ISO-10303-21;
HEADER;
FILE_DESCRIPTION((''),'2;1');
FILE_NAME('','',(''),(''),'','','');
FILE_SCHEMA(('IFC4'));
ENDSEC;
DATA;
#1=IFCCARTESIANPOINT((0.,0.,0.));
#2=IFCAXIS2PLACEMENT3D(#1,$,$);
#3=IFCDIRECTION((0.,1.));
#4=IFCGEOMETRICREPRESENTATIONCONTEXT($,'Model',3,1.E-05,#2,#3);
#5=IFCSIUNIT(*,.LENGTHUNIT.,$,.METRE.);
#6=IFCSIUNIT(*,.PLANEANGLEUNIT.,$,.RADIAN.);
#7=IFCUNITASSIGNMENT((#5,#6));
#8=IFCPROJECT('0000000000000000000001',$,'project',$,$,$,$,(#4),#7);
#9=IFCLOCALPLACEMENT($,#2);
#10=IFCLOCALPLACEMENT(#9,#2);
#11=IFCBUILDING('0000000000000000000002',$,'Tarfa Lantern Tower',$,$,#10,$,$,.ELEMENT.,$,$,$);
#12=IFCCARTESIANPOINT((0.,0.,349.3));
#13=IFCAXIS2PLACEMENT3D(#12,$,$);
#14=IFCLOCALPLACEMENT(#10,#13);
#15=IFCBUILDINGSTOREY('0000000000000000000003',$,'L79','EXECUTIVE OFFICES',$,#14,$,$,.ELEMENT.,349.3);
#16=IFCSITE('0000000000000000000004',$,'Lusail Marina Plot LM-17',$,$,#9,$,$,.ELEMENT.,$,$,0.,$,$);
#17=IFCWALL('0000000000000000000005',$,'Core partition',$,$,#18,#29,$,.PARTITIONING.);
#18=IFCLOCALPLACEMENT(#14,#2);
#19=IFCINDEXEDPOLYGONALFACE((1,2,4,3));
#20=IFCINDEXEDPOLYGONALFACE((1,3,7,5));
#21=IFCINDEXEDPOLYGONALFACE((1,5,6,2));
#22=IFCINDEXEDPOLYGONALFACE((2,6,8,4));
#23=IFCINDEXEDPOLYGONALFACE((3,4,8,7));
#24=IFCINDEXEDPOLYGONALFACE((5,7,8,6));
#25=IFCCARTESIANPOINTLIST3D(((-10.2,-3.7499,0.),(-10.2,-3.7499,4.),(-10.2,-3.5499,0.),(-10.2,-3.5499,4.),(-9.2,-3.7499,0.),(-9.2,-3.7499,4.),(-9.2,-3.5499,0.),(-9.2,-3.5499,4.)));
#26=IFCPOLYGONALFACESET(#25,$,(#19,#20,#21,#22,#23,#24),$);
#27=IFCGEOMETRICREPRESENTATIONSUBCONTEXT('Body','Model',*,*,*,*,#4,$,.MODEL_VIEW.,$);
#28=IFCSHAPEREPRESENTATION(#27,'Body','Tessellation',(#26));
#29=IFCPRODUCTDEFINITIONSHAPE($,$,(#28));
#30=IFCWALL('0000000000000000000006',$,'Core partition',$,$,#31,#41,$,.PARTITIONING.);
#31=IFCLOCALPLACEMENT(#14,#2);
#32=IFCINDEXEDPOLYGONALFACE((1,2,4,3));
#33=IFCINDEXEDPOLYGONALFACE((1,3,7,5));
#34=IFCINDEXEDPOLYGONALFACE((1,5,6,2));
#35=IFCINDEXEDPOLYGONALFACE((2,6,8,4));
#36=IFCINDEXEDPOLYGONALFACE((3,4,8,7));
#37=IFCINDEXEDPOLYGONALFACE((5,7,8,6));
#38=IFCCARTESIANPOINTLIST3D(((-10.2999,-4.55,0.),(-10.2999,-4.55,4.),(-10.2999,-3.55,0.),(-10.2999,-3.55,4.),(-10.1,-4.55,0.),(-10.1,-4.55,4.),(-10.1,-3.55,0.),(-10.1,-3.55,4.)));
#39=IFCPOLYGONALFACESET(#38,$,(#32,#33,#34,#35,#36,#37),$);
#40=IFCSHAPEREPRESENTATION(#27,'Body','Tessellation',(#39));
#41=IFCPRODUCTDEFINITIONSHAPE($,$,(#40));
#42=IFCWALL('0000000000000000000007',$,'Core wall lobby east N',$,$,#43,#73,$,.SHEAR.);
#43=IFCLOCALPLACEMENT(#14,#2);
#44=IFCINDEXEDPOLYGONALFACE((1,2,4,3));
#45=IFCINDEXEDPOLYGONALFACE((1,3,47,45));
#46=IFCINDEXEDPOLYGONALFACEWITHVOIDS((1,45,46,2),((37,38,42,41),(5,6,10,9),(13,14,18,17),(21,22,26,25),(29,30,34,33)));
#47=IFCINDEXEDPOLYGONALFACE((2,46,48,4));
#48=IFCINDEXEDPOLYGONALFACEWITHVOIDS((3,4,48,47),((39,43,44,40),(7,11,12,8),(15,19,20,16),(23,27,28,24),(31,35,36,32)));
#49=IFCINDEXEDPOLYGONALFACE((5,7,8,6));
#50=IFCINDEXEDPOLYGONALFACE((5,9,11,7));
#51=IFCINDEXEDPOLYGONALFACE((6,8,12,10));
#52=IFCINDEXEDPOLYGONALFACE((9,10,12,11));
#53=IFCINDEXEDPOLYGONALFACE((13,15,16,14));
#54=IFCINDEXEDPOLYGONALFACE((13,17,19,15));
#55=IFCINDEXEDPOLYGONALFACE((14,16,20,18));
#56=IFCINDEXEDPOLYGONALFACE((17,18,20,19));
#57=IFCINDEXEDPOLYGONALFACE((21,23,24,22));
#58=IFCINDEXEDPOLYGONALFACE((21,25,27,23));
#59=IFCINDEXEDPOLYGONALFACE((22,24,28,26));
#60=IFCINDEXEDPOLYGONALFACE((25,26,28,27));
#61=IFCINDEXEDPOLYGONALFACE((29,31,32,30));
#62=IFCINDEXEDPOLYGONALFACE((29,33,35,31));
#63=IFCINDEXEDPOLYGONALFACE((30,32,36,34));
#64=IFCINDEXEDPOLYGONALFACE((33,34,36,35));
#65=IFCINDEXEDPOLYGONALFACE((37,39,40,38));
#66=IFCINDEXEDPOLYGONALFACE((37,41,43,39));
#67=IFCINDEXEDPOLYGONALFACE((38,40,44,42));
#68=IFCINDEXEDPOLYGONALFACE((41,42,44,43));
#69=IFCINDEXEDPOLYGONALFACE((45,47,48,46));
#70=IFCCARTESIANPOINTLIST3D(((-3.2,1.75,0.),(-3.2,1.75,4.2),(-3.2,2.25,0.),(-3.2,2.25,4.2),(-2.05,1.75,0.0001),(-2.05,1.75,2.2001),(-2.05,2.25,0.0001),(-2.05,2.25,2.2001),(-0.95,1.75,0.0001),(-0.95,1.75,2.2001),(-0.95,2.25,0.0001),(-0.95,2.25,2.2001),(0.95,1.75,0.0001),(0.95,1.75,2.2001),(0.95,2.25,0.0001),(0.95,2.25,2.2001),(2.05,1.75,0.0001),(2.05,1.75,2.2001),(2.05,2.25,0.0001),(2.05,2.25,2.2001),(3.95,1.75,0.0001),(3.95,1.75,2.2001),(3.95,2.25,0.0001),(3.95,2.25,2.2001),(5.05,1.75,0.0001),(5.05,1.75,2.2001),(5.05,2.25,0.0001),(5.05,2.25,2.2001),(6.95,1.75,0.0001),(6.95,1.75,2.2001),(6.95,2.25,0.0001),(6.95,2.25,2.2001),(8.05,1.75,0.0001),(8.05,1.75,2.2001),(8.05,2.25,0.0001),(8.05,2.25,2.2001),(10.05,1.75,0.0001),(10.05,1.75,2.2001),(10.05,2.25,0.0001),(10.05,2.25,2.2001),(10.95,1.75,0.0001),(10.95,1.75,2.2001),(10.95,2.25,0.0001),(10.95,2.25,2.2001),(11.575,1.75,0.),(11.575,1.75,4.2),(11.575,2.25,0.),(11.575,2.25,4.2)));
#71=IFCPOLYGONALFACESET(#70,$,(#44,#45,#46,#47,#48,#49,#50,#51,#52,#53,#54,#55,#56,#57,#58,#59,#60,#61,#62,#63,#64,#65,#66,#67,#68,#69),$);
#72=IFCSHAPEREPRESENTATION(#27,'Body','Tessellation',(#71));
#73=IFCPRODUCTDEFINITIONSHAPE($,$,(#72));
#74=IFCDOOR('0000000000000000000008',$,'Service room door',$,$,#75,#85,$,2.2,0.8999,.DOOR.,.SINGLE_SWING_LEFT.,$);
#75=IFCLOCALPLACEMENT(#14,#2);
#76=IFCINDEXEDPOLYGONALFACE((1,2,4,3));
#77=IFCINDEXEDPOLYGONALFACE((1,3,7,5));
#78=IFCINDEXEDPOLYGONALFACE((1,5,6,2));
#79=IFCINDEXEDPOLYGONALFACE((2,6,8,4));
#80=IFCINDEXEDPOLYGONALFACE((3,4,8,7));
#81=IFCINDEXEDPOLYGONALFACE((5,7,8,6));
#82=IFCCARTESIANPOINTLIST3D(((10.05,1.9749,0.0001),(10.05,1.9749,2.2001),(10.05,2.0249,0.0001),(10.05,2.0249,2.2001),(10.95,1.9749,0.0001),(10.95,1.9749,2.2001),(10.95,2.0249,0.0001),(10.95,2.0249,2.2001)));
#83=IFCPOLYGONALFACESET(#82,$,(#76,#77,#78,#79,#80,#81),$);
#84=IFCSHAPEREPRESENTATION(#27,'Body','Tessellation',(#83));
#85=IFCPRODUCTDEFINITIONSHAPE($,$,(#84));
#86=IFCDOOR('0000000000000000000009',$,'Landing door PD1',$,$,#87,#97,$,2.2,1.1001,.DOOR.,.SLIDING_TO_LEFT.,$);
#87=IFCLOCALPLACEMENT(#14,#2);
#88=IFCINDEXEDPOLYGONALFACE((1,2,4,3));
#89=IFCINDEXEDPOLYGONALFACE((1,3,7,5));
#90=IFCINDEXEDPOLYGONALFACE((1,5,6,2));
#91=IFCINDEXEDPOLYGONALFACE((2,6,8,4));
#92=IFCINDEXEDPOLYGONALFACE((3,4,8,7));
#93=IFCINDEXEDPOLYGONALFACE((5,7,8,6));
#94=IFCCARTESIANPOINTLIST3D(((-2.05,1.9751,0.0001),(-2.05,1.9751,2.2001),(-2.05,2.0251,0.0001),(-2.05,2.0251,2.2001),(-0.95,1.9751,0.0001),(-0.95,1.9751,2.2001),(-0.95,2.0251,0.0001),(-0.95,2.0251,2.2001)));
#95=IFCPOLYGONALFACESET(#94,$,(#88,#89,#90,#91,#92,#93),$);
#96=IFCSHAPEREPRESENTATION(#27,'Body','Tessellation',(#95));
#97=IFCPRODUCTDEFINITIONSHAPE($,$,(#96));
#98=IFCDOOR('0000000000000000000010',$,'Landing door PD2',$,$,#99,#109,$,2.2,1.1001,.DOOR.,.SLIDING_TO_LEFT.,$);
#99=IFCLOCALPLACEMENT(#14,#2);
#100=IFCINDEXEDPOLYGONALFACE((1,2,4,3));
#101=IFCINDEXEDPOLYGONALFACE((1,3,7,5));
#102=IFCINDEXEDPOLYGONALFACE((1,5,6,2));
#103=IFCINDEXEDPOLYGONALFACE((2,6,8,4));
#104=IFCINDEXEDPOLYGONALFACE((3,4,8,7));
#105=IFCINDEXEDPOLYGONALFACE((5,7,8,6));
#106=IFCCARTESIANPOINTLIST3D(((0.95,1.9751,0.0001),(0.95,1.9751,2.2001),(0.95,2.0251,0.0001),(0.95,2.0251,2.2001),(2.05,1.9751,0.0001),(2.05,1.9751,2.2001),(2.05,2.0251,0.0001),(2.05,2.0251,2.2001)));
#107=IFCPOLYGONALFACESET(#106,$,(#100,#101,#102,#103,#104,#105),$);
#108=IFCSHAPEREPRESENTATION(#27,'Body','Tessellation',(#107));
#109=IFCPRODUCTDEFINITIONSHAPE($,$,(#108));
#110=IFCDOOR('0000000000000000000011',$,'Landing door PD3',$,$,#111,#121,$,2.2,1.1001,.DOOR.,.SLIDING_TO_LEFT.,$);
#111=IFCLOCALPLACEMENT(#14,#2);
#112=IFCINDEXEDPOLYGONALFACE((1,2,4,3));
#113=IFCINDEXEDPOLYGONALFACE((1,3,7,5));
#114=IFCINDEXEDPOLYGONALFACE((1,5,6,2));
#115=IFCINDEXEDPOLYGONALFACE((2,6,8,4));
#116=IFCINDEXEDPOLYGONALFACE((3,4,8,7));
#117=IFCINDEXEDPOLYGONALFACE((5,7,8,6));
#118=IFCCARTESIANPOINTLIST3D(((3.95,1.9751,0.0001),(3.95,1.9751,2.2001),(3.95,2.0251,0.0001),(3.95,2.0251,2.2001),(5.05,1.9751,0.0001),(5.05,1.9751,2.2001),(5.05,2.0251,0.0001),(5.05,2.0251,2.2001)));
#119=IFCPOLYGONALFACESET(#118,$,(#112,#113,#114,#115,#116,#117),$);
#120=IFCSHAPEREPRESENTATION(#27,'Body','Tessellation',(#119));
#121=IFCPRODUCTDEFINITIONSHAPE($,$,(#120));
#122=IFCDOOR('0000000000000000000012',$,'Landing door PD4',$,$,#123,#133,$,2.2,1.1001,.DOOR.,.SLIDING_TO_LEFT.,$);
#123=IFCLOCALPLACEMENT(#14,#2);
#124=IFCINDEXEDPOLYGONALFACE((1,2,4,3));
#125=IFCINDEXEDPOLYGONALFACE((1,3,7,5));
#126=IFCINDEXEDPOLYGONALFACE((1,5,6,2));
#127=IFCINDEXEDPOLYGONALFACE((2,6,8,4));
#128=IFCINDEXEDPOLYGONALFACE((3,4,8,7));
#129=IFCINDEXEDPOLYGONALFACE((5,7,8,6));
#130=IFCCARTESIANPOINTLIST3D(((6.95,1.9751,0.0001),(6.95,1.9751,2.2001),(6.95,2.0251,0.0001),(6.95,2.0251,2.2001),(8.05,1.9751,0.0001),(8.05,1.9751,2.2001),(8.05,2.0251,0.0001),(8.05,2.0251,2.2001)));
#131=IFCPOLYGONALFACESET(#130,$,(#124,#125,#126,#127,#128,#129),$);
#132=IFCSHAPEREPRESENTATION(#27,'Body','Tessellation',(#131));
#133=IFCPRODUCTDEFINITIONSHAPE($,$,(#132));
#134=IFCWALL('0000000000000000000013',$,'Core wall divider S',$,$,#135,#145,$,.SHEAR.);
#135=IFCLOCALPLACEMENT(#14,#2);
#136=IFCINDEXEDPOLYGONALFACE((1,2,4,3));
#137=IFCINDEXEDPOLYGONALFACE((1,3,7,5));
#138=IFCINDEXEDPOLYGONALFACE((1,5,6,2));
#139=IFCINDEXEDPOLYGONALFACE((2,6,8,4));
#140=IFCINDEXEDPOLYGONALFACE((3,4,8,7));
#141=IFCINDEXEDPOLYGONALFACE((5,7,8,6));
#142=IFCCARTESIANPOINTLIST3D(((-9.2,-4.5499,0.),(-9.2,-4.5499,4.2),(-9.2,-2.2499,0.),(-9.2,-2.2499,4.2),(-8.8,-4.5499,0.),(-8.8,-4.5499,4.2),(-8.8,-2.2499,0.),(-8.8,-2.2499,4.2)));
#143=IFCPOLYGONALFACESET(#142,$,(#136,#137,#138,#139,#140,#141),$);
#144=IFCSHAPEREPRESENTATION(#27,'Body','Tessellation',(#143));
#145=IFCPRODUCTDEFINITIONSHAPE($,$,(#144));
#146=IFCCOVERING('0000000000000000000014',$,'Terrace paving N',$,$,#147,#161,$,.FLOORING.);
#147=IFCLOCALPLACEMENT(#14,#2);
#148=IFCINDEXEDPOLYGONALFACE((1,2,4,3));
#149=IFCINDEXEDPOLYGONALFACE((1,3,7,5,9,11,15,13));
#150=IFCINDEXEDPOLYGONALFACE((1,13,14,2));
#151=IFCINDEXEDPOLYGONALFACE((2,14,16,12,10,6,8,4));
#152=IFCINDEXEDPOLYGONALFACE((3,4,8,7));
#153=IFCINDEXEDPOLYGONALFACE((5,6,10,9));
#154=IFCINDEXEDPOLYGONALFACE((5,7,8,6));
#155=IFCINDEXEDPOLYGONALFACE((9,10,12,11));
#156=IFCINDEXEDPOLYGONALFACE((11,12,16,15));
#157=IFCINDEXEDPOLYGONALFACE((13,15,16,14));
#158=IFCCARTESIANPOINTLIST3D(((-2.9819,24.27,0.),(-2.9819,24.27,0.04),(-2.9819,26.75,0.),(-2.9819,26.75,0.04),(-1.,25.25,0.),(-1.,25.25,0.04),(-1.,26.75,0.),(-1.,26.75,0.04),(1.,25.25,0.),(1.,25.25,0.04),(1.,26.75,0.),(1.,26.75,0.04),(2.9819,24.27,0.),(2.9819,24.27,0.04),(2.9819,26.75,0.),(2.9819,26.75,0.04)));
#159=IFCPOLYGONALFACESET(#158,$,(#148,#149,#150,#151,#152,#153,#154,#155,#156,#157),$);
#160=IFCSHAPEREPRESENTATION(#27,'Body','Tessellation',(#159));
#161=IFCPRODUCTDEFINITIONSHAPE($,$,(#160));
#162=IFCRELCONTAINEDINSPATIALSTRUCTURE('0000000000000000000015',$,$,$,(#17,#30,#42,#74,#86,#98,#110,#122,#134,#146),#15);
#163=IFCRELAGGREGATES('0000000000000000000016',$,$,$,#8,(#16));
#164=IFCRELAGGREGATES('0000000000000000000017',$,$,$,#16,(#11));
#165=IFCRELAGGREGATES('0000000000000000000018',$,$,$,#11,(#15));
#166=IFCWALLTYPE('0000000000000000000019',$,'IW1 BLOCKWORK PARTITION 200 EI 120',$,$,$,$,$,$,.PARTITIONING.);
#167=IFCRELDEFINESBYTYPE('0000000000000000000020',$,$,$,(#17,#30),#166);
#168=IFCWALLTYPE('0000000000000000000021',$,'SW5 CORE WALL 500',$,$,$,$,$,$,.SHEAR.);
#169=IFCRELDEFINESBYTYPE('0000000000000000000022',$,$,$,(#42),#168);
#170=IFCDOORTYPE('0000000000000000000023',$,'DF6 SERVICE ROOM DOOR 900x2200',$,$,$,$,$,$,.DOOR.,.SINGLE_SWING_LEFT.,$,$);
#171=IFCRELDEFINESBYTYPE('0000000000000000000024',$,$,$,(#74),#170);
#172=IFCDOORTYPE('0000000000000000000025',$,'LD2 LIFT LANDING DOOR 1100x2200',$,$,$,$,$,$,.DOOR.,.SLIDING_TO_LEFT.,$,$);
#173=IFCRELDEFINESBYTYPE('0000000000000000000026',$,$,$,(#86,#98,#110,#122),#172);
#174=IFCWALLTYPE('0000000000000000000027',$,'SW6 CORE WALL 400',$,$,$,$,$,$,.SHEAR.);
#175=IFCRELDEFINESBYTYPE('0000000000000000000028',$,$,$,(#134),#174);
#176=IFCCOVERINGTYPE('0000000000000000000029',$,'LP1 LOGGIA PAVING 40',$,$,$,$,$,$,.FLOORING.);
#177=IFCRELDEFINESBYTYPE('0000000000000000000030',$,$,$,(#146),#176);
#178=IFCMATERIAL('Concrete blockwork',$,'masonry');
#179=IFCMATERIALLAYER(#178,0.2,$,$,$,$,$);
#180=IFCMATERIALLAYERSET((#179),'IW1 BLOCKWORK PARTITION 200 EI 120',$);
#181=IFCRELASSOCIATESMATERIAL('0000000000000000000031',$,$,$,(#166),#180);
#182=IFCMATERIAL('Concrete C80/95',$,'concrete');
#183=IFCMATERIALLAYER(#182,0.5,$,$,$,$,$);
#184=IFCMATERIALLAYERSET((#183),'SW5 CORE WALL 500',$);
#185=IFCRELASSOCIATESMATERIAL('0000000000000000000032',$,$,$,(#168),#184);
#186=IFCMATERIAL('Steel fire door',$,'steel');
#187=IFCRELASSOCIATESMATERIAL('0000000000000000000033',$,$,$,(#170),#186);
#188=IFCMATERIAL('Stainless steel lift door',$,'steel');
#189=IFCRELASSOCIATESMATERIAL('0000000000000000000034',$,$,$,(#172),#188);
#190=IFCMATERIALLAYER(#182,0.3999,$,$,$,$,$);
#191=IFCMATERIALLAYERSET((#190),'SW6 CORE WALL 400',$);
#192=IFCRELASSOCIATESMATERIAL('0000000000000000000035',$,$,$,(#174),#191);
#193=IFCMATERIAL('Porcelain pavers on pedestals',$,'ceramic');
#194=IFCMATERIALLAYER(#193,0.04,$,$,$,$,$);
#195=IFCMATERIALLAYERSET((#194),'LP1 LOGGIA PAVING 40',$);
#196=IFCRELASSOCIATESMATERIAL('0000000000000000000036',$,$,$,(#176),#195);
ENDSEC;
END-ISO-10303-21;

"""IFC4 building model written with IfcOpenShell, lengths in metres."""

from ifc_helpers import new_model, si_unit, direction, frame, frame_2d, origin, place, context, subcontext, project, spatial, polyline, rectangle, outline, extrude, material, layer, layer_set, type_object, element, fill, save


model = new_model("IFC4")

# Units and contexts
model_context = context("Model", 3, precision=1e-05, world=origin(), true_north=direction((0.0, 1.0)))
body_context = subcontext(model_context, "Body", "Model", "MODEL_VIEW")
ifc_project = project(units=[si_unit("LENGTHUNIT", "METRE"), si_unit("PLANEANGLEUNIT", "RADIAN")], contexts=[model_context])

# Site, building, storey
site_placement = place(None, origin())
site = spatial("IfcSite", under=ifc_project, at=site_placement, Name="Lusail Marina Plot LM-17", CompositionType="ELEMENT", RefElevation=0.0)
building_placement = place(site_placement, origin())
building = spatial("IfcBuilding", under=site, at=building_placement, Name="Tarfa Lantern Tower", CompositionType="ELEMENT")
storey_placement = place(building_placement, frame((0.0, 0.0, 349.3)))
storey = spatial("IfcBuildingStorey", under=building, at=storey_placement, Name="L79", Description="EXECUTIVE OFFICES", CompositionType="ELEMENT", Elevation=349.3)

# Walls
ifc_material_1 = material(Name="Concrete blockwork", Category="masonry")
ifc_layer_1 = layer(ifc_material_1, 0.2)
ifc_layer_set_1 = layer_set([ifc_layer_1], Name="IW1 BLOCKWORK PARTITION 200 EI 120")
wall_type_1 = type_object("IfcWallType", Name="IW1 BLOCKWORK PARTITION 200 EI 120", PredefinedType="PARTITIONING", material=ifc_layer_set_1)
for number, where, z_axis, x_axis, name in (
    (1, (-9.2, -3.6499, 0.0), (0.0, 0.0, 1.0), (-1.0, 0.0, 0.0), "Core partition"),
    (2, (-10.2, -3.55, 0.0), (0.0, 0.0, 1.0), (0.0, -1.0, 0.0), "Core partition"),
):
    element("IfcWall", number, at=place(storey_placement, frame(where, z_axis=z_axis, x_axis=x_axis)), inside=storey, type_object=wall_type_1, Name=name, PredefinedType="PARTITIONING", context=body_context, shape_type="SweptSolid", body=[
        extrude(rectangle(XDim=1.0, YDim=0.2, at=frame_2d((0.5, 0.0))), origin(), (0.0, 0.0, 1.0), 4.0),
    ])

# Wall, openings, doors
ifc_material_2 = material(Name="Concrete C80/95", Category="concrete")
ifc_layer_2 = layer(ifc_material_2, 0.5)
ifc_layer_set_2 = layer_set([ifc_layer_2], Name="SW5 CORE WALL 500")
wall_type_2 = type_object("IfcWallType", Name="SW5 CORE WALL 500", PredefinedType="SHEAR", material=ifc_layer_set_2)
wall_1_placement = place(storey_placement, frame((-3.2, 2.0, 0.0), z_axis=(0.0, 0.0, 1.0), x_axis=(1.0, 0.0, 0.0)))
wall_1 = element("IfcWall", 3, at=wall_1_placement, inside=storey, type_object=wall_type_2, Name="Core wall lobby east N", PredefinedType="SHEAR", context=body_context, shape_type="SweptSolid", body=[
    extrude(rectangle(XDim=14.7749, YDim=0.5, at=frame_2d((7.3875, 0.0))), origin(), (0.0, 0.0, 1.0), 4.2),
])
opening_1_placement = place(wall_1_placement, frame((13.25, 0.0, 0.0)))
opening_1 = element("IfcOpeningElement", 4, at=opening_1_placement, cuts=wall_1, PredefinedType="OPENING", context=body_context, shape_type="SweptSolid", body=[
    extrude(rectangle(XDim=0.8999, YDim=2.2, at=frame_2d((0.45, 1.1001))), frame((0.0, 0.26, 0.0), z_axis=(0.0, -1.0, 0.0), x_axis=(1.0, 0.0, 0.0)), (0.0, 0.0, 1.0), 0.52),
])
opening_2_placement = place(wall_1_placement, frame((1.1499, 0.0, 0.0)))
opening_2 = element("IfcOpeningElement", 5, at=opening_2_placement, cuts=wall_1, PredefinedType="OPENING", context=body_context, shape_type="SweptSolid", body=[
    extrude(rectangle(XDim=1.1001, YDim=2.2, at=frame_2d((0.55, 1.1001))), frame((0.0, 0.26, 0.0), z_axis=(0.0, -1.0, 0.0), x_axis=(1.0, 0.0, 0.0)), (0.0, 0.0, 1.0), 0.52),
])
opening_3_placement = place(wall_1_placement, frame((4.1499, 0.0, 0.0)))
opening_3 = element("IfcOpeningElement", 6, at=opening_3_placement, cuts=wall_1, PredefinedType="OPENING", context=body_context, shape_type="SweptSolid", body=[
    extrude(rectangle(XDim=1.1001, YDim=2.2, at=frame_2d((0.55, 1.1001))), frame((0.0, 0.26, 0.0), z_axis=(0.0, -1.0, 0.0), x_axis=(1.0, 0.0, 0.0)), (0.0, 0.0, 1.0), 0.52),
])
opening_4_placement = place(wall_1_placement, frame((7.1499, 0.0, 0.0)))
opening_4 = element("IfcOpeningElement", 7, at=opening_4_placement, cuts=wall_1, PredefinedType="OPENING", context=body_context, shape_type="SweptSolid", body=[
    extrude(rectangle(XDim=1.1001, YDim=2.2, at=frame_2d((0.55, 1.1001))), frame((0.0, 0.26, 0.0), z_axis=(0.0, -1.0, 0.0), x_axis=(1.0, 0.0, 0.0)), (0.0, 0.0, 1.0), 0.52),
])
opening_5_placement = place(wall_1_placement, frame((10.1499, 0.0, 0.0)))
opening_5 = element("IfcOpeningElement", 8, at=opening_5_placement, cuts=wall_1, PredefinedType="OPENING", context=body_context, shape_type="SweptSolid", body=[
    extrude(rectangle(XDim=1.1001, YDim=2.2, at=frame_2d((0.55, 1.1001))), frame((0.0, 0.26, 0.0), z_axis=(0.0, -1.0, 0.0), x_axis=(1.0, 0.0, 0.0)), (0.0, 0.0, 1.0), 0.52),
])
ifc_material_3 = material(Name="Steel fire door", Category="steel")
door_type_1 = type_object("IfcDoorType", Name="DF6 SERVICE ROOM DOOR 900x2200", OperationType="SINGLE_SWING_LEFT", PredefinedType="DOOR", material=ifc_material_3)
door_1_placement = place(opening_1_placement, origin())
door_1 = element("IfcDoor", 9, at=door_1_placement, inside=storey, type_object=door_type_1, Name="Service room door", OperationType="SINGLE_SWING_LEFT", OverallHeight=2.2, OverallWidth=0.8999, PredefinedType="DOOR", context=body_context, shape_type="SweptSolid", body=[
    extrude(rectangle(XDim=0.8999, YDim=2.2, at=frame_2d((0.45, 1.1001))), frame((0.0, 0.0249, 0.0), z_axis=(0.0, -1.0, 0.0), x_axis=(1.0, 0.0, 0.0)), (0.0, 0.0, 1.0), 0.05),
])
fill(opening_1, door_1)
ifc_material_4 = material(Name="Stainless steel lift door", Category="steel")
door_type_2 = type_object("IfcDoorType", Name="LD2 LIFT LANDING DOOR 1100x2200", OperationType="SLIDING_TO_LEFT", PredefinedType="DOOR", material=ifc_material_4)
door_2_placement = place(opening_2_placement, frame((1.1001, 0.0, 0.0), z_axis=(0.0, 0.0, 1.0), x_axis=(-1.0, 0.0, 0.0)))
door_2 = element("IfcDoor", 10, at=door_2_placement, inside=storey, type_object=door_type_2, Name="Landing door PD1", OperationType="SLIDING_TO_LEFT", OverallHeight=2.2, OverallWidth=1.1001, PredefinedType="DOOR", context=body_context, shape_type="SweptSolid", body=[
    extrude(rectangle(XDim=1.1001, YDim=2.2, at=frame_2d((0.55, 1.1001))), frame((0.0, 0.0249, 0.0), z_axis=(0.0, -1.0, 0.0), x_axis=(1.0, 0.0, 0.0)), (0.0, 0.0, 1.0), 0.05),
])
fill(opening_2, door_2)
door_3_placement = place(opening_3_placement, frame((1.1001, 0.0, 0.0), z_axis=(0.0, 0.0, 1.0), x_axis=(-1.0, 0.0, 0.0)))
door_3 = element("IfcDoor", 11, at=door_3_placement, inside=storey, type_object=door_type_2, Name="Landing door PD2", OperationType="SLIDING_TO_LEFT", OverallHeight=2.2, OverallWidth=1.1001, PredefinedType="DOOR", context=body_context, shape_type="SweptSolid", body=[
    extrude(rectangle(XDim=1.1001, YDim=2.2, at=frame_2d((0.55, 1.1001))), frame((0.0, 0.0249, 0.0), z_axis=(0.0, -1.0, 0.0), x_axis=(1.0, 0.0, 0.0)), (0.0, 0.0, 1.0), 0.05),
])
fill(opening_3, door_3)
door_4_placement = place(opening_4_placement, frame((1.1001, 0.0, 0.0), z_axis=(0.0, 0.0, 1.0), x_axis=(-1.0, 0.0, 0.0)))
door_4 = element("IfcDoor", 12, at=door_4_placement, inside=storey, type_object=door_type_2, Name="Landing door PD3", OperationType="SLIDING_TO_LEFT", OverallHeight=2.2, OverallWidth=1.1001, PredefinedType="DOOR", context=body_context, shape_type="SweptSolid", body=[
    extrude(rectangle(XDim=1.1001, YDim=2.2, at=frame_2d((0.55, 1.1001))), frame((0.0, 0.0249, 0.0), z_axis=(0.0, -1.0, 0.0), x_axis=(1.0, 0.0, 0.0)), (0.0, 0.0, 1.0), 0.05),
])
fill(opening_4, door_4)
door_5_placement = place(opening_5_placement, frame((1.1001, 0.0, 0.0), z_axis=(0.0, 0.0, 1.0), x_axis=(-1.0, 0.0, 0.0)))
door_5 = element("IfcDoor", 13, at=door_5_placement, inside=storey, type_object=door_type_2, Name="Landing door PD4", OperationType="SLIDING_TO_LEFT", OverallHeight=2.2, OverallWidth=1.1001, PredefinedType="DOOR", context=body_context, shape_type="SweptSolid", body=[
    extrude(rectangle(XDim=1.1001, YDim=2.2, at=frame_2d((0.55, 1.1001))), frame((0.0, 0.0249, 0.0), z_axis=(0.0, -1.0, 0.0), x_axis=(1.0, 0.0, 0.0)), (0.0, 0.0, 1.0), 0.05),
])
fill(opening_5, door_5)

# Wall
ifc_layer_3 = layer(ifc_material_2, 0.3999)
ifc_layer_set_3 = layer_set([ifc_layer_3], Name="SW6 CORE WALL 400")
wall_type_3 = type_object("IfcWallType", Name="SW6 CORE WALL 400", PredefinedType="SHEAR", material=ifc_layer_set_3)
wall_2_placement = place(storey_placement, frame((-9.0, -2.25, 0.0), z_axis=(0.0, 0.0, 1.0), x_axis=(0.0, -1.0, 0.0)))
element("IfcWall", 14, at=wall_2_placement, inside=storey, type_object=wall_type_3, Name="Core wall divider S", PredefinedType="SHEAR", context=body_context, shape_type="SweptSolid", body=[
    extrude(rectangle(XDim=2.3, YDim=0.3999, at=frame_2d((1.1499, 0.0))), origin(), (0.0, 0.0, 1.0), 4.2),
])

# Covering
ifc_material_5 = material(Name="Porcelain pavers on pedestals", Category="ceramic")
ifc_layer_4 = layer(ifc_material_5, 0.04)
ifc_layer_set_4 = layer_set([ifc_layer_4], Name="LP1 LOGGIA PAVING 40")
covering_type = type_object("IfcCoveringType", Name="LP1 LOGGIA PAVING 40", PredefinedType="FLOORING", material=ifc_layer_set_4)
covering_1_placement = place(storey_placement, origin())
element("IfcCovering", 15, at=covering_1_placement, inside=storey, type_object=covering_type, Name="Terrace paving N", PredefinedType="FLOORING", context=body_context, shape_type="SweptSolid", body=[
    extrude(outline(polyline([(2.9819, 26.75), (2.9819, 24.27), (-2.9819, 24.27), (-2.9819, 26.75), (-1.0, 26.75), (-1.0, 25.25), (1.0, 25.25), (1.0, 26.75), (2.9819, 26.75)])), origin(), (0.0, 0.0, 1.0), 0.04),
])

save(model, "model.ifc")
